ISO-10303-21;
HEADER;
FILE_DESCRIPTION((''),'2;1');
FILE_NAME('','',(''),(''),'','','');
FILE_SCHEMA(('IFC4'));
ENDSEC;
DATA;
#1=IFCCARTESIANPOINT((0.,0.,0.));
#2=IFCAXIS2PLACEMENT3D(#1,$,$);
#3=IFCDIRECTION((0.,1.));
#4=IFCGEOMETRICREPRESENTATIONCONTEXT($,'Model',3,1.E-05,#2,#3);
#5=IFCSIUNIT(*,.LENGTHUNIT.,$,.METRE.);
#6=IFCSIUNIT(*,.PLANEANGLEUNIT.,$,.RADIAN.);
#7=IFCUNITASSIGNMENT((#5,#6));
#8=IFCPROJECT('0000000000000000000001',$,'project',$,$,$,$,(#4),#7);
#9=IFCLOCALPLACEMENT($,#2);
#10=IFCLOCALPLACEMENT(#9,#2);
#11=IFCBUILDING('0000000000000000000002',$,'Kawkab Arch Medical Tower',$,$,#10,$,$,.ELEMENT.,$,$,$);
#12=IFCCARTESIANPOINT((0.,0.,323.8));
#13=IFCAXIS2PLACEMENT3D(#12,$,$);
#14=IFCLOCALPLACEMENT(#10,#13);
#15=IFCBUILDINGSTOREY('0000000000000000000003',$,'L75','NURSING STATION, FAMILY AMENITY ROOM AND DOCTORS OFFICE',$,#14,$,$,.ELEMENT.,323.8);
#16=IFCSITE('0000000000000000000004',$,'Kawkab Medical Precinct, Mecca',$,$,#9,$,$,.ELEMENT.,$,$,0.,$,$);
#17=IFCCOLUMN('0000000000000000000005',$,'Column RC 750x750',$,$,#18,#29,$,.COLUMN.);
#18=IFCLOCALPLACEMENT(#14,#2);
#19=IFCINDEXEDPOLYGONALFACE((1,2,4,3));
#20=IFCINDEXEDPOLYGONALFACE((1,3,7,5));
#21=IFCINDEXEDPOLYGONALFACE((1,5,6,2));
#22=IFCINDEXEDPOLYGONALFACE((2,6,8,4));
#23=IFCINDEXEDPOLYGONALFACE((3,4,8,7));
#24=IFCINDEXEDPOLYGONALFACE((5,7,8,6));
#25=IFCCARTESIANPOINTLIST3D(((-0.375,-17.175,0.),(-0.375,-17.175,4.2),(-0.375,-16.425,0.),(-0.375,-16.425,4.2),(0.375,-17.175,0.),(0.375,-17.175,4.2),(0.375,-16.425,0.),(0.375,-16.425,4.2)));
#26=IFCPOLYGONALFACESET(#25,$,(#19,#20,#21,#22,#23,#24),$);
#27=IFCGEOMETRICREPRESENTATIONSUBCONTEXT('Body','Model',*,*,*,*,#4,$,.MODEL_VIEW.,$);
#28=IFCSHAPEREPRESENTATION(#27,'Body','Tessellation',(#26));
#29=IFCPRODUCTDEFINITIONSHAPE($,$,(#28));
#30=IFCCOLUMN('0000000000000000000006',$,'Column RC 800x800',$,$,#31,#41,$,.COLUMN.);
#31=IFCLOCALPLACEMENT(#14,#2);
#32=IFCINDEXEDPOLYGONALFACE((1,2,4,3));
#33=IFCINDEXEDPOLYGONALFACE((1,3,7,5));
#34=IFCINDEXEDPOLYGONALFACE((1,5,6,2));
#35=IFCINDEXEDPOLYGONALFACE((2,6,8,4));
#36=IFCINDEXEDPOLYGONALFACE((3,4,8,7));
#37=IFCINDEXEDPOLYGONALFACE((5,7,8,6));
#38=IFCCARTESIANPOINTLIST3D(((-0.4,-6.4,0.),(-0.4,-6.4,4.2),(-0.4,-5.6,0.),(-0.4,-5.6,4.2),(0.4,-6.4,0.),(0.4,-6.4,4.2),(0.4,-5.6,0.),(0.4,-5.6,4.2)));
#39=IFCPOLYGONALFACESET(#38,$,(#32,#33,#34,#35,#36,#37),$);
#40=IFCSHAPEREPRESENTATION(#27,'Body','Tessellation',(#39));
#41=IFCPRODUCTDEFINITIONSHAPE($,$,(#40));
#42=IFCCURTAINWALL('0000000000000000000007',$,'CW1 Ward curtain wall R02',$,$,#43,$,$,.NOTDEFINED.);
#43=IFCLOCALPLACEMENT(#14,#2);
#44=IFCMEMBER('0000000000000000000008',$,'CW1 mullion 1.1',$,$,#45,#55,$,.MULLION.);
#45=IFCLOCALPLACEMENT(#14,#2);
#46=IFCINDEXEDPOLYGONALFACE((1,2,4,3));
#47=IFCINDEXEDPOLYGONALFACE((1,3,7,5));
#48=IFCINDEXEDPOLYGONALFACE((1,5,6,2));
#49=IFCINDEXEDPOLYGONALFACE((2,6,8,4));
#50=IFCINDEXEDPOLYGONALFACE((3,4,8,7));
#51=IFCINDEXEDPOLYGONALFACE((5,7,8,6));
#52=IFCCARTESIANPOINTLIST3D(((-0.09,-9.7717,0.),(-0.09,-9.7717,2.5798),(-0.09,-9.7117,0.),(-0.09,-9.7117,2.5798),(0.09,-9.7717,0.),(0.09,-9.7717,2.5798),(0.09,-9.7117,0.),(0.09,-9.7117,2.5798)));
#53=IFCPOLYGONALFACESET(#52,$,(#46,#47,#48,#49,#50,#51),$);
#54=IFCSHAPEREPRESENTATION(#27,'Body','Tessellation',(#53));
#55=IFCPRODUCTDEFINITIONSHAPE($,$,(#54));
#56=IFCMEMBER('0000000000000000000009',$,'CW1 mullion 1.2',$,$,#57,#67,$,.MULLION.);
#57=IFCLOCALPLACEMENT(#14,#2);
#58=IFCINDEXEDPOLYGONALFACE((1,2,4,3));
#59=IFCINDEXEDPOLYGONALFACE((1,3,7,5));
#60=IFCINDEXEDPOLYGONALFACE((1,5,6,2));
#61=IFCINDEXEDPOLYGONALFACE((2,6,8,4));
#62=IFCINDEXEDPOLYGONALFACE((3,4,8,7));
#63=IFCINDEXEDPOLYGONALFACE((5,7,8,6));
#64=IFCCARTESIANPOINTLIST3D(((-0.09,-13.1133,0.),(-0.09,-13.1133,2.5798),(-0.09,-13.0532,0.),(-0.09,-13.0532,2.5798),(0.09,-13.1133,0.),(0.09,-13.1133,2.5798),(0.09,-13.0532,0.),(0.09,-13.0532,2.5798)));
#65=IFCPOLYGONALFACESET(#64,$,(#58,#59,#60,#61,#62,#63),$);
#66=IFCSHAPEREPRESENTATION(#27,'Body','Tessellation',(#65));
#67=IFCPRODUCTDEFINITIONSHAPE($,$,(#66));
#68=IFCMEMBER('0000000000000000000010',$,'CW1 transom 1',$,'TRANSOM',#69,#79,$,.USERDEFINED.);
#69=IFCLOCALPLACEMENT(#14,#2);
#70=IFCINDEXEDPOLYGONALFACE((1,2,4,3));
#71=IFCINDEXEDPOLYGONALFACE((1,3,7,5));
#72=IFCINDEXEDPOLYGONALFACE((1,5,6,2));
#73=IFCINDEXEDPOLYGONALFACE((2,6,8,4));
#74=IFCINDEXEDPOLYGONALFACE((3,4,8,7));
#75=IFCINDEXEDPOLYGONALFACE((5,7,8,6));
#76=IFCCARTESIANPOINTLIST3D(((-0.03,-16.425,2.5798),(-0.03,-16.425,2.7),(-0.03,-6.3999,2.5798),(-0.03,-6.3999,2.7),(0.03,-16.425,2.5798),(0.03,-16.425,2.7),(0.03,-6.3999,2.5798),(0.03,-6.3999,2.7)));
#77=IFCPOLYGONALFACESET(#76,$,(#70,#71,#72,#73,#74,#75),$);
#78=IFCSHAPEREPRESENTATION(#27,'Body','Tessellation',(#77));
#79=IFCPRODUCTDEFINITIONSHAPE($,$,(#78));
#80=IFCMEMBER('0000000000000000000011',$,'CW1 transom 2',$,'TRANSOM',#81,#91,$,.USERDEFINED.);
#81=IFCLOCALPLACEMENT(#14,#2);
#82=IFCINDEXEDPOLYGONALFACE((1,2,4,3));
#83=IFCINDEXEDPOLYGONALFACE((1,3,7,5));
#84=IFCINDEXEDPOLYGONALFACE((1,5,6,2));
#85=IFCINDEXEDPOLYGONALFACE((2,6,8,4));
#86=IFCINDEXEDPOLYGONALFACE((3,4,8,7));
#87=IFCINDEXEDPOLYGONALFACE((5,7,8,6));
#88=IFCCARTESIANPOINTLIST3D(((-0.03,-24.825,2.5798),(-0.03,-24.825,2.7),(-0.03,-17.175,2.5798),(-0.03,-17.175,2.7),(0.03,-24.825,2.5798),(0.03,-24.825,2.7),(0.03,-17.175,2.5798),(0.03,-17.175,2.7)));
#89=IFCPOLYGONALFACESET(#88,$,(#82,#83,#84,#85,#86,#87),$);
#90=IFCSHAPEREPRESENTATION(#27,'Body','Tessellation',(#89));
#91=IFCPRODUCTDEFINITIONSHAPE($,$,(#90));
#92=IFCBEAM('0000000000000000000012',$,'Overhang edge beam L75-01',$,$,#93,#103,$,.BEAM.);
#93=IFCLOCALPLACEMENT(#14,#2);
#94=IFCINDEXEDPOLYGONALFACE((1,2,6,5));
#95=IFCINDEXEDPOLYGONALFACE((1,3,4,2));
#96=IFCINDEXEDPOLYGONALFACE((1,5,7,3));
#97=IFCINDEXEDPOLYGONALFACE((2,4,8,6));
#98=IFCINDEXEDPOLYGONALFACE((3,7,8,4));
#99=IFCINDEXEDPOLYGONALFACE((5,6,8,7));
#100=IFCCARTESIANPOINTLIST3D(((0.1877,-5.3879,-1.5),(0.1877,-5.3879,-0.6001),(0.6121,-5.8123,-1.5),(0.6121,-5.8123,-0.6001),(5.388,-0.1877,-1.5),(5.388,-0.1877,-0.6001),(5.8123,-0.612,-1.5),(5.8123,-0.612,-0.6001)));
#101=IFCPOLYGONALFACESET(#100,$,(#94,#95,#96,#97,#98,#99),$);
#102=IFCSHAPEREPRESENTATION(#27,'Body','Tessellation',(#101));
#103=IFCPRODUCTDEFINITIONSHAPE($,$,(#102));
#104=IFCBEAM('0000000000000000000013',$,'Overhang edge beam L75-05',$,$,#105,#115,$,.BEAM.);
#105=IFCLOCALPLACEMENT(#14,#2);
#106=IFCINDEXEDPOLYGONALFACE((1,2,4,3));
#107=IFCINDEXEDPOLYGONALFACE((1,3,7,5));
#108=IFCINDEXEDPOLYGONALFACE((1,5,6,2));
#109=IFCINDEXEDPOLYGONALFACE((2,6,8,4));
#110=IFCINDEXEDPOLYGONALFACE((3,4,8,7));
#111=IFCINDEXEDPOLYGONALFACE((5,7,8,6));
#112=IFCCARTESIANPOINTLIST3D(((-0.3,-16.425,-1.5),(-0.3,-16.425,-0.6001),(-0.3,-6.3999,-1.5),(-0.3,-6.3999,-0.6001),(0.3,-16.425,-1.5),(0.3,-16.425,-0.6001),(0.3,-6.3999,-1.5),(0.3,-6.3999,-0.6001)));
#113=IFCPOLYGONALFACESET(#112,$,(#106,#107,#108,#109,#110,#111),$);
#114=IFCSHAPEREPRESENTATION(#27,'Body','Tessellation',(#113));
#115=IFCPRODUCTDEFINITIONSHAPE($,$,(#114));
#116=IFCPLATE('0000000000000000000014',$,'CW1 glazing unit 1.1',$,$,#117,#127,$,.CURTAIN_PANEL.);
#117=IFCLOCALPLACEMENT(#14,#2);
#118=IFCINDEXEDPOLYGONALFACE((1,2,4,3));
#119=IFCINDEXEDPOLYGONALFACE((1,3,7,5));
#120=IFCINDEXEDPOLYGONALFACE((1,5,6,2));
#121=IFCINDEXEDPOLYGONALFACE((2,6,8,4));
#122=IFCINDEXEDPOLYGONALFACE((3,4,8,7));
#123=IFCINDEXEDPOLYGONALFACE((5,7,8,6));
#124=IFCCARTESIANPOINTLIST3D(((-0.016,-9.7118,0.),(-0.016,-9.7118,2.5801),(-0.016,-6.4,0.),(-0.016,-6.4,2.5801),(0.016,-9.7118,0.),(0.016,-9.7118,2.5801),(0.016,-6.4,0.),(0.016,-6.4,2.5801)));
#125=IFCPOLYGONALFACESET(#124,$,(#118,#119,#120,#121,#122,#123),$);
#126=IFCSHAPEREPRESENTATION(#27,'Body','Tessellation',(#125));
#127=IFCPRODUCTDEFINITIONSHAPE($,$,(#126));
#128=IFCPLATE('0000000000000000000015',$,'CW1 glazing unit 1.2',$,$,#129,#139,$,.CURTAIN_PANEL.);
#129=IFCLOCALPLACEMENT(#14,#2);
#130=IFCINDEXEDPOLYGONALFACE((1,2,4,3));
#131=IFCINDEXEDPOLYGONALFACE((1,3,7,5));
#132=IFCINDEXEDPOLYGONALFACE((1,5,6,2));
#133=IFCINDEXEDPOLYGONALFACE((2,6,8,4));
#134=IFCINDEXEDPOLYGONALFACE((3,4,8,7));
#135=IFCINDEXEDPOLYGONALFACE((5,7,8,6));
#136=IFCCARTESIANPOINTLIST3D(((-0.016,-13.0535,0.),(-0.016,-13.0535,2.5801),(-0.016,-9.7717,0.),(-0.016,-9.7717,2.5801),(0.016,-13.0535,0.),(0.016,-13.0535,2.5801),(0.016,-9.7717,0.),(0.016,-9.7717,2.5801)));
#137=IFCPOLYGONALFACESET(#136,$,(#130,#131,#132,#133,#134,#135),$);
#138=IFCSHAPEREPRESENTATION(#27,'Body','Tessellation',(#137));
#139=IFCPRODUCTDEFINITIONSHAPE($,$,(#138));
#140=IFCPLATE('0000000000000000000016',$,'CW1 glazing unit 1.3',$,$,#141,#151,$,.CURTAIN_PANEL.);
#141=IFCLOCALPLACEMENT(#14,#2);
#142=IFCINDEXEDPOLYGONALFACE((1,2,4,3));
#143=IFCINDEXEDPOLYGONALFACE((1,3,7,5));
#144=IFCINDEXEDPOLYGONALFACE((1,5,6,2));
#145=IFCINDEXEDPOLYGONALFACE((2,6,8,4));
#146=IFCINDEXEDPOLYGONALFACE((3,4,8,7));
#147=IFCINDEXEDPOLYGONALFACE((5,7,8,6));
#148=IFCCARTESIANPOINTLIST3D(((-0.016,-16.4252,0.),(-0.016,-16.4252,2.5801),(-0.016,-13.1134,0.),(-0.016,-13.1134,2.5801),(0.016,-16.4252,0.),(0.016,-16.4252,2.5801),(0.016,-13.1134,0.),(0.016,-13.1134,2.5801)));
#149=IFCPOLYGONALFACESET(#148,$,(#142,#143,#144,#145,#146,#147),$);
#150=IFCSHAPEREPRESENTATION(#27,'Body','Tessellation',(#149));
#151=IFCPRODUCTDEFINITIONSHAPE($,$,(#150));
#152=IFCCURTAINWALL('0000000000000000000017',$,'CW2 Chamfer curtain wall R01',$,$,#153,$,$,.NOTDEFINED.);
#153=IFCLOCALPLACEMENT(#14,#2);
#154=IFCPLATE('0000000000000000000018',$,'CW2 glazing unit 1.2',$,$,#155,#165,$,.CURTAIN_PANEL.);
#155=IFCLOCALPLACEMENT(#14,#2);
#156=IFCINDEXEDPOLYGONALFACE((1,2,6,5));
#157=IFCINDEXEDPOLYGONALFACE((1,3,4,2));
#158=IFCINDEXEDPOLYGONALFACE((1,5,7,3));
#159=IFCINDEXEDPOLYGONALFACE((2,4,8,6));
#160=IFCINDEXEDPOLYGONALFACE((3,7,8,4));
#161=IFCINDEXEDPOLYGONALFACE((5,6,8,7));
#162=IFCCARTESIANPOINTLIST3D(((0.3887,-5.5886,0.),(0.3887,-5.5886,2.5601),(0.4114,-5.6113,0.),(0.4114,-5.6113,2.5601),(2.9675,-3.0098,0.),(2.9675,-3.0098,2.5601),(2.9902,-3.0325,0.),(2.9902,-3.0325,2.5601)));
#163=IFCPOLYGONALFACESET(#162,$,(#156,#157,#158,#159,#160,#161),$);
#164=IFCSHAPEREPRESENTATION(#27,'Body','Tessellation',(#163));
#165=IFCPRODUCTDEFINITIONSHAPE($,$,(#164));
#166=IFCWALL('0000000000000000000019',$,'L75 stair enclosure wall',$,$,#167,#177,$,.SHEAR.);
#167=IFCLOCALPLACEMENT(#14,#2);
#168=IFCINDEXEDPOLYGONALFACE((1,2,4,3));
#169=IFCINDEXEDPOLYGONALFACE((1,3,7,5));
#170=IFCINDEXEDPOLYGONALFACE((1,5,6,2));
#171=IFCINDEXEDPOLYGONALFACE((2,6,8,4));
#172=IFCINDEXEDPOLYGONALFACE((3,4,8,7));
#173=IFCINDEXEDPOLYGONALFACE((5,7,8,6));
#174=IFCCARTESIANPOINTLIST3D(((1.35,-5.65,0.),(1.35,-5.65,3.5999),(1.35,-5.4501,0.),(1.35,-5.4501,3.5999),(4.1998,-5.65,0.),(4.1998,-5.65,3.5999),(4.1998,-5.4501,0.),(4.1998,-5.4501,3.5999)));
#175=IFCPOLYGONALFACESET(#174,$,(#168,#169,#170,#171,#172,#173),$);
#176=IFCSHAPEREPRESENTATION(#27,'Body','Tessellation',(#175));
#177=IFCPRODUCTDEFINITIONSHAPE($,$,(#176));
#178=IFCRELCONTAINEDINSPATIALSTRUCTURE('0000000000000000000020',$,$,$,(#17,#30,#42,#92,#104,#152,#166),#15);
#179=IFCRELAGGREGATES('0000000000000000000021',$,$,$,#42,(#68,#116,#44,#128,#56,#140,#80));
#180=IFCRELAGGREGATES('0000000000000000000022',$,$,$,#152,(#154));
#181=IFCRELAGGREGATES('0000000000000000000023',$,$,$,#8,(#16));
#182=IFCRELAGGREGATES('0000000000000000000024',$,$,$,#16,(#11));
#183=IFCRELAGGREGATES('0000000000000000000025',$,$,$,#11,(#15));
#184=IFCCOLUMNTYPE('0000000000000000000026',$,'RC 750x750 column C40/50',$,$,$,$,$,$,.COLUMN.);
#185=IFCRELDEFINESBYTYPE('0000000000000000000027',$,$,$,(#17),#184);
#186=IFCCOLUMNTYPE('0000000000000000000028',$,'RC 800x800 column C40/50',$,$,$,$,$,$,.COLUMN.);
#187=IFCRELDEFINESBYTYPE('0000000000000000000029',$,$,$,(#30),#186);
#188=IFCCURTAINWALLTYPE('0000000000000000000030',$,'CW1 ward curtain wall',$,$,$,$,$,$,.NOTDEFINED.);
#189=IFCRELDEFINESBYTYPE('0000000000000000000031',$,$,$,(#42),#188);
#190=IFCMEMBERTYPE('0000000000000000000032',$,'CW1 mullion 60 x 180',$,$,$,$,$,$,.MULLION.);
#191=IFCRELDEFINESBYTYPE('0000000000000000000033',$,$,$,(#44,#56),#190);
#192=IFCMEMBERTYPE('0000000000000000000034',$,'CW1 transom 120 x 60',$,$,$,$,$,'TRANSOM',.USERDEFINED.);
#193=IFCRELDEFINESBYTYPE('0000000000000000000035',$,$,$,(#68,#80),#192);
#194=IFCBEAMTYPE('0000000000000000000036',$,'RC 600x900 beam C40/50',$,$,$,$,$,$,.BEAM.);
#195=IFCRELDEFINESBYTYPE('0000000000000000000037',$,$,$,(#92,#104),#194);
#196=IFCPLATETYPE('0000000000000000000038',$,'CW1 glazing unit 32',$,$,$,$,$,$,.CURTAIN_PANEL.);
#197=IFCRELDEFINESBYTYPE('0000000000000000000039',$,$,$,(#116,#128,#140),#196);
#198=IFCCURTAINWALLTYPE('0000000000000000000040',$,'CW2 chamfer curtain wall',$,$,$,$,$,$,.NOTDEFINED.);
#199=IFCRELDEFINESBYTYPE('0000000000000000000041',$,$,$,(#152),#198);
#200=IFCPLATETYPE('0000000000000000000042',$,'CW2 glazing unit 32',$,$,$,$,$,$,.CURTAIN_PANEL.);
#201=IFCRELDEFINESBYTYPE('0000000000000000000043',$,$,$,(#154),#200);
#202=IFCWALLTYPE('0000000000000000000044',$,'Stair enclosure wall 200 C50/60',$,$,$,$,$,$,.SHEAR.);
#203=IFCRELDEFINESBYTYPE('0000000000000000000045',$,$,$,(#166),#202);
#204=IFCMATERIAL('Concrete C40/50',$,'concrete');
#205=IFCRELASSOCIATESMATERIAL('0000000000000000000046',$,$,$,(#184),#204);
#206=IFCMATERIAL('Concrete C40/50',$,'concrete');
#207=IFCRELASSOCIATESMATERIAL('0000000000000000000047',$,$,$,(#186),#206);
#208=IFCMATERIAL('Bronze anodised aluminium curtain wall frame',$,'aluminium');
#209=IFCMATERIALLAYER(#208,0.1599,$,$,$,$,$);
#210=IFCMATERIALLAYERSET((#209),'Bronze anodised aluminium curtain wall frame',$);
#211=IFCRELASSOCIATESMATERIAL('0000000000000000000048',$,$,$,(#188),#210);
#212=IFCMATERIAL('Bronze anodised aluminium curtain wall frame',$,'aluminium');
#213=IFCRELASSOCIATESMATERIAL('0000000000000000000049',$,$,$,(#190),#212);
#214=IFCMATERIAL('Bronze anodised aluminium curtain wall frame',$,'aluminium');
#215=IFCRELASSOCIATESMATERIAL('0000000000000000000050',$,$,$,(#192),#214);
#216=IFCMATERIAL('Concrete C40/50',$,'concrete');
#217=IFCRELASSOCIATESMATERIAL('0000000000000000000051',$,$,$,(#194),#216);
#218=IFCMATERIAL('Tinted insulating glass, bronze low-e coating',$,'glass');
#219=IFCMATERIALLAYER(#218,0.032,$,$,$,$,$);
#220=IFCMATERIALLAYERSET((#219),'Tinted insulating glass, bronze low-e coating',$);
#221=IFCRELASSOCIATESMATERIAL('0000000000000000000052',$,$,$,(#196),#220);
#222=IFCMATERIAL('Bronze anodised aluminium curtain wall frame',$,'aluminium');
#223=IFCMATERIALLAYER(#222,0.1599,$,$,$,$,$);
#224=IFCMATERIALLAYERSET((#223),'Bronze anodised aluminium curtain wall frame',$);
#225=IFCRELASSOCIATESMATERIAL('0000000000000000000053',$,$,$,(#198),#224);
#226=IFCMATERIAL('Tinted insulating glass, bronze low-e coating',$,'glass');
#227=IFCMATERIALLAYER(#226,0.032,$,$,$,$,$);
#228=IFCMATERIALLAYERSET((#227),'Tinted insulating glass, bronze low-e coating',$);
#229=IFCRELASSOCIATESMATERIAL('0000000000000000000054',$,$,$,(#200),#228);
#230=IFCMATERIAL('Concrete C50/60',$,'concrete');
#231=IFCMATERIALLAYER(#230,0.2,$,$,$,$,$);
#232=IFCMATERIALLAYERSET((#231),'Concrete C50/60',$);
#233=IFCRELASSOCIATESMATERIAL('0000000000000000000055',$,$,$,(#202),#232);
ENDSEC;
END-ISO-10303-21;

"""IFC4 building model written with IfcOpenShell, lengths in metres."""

from ifc_helpers import new_model, si_unit, direction, frame, frame_2d, origin, origin_2d, place, context, subcontext, project, spatial, rectangle, extrude, material, layer, layer_set, material_profile, profile_set, type_object, element, aggregate, save


model = new_model("IFC4")

# Units and contexts
model_context = context("Model", 3, precision=1e-05, world=origin(), true_north=direction((0.0, 1.0)))
body_context = subcontext(model_context, "Body", "Model", "MODEL_VIEW")
ifc_project = project(units=[si_unit("LENGTHUNIT", "METRE"), si_unit("PLANEANGLEUNIT", "RADIAN")], contexts=[model_context])

# Site, building, storey
site_placement = place(None, origin())
site = spatial("IfcSite", under=ifc_project, at=site_placement, Name="Kawkab Medical Precinct, Mecca", CompositionType="ELEMENT", RefElevation=0.0)
building_placement = place(site_placement, origin())
building = spatial("IfcBuilding", under=site, at=building_placement, Name="Kawkab Arch Medical Tower", CompositionType="ELEMENT")
storey_placement = place(building_placement, frame((0.0, 0.0, 323.8)))
storey = spatial("IfcBuildingStorey", under=building, at=storey_placement, Name="L75", Description="NURSING STATION, FAMILY AMENITY ROOM AND DOCTORS OFFICE", CompositionType="ELEMENT", Elevation=323.8)

# Columns
ifc_material_1 = material(Name="Concrete C40/50", Category="concrete")
ifc_material_profile_1 = material_profile(ifc_material_1, rectangle(XDim=0.75, YDim=0.75, at=origin_2d()), Name="RC 750x750")
ifc_profile_set_1 = profile_set([ifc_material_profile_1], Name="Concrete C40/50")
column_type_1 = type_object("IfcColumnType", Name="RC 750x750 column C40/50", PredefinedType="COLUMN", material=ifc_profile_set_1)
column_1_placement = place(storey_placement, frame((0.0, -16.8, 0.0), z_axis=(0.0, 0.0, 1.0), x_axis=(1.0, 0.0, 0.0)))
element("IfcColumn", 1, at=column_1_placement, inside=storey, type_object=column_type_1, Name="Column RC 750x750", PredefinedType="COLUMN", context=body_context, shape_type="SweptSolid", body=[
    extrude(rectangle(XDim=0.75, YDim=0.75, at=origin_2d()), origin(), (0.0, 0.0, 1.0), 4.2),
])
ifc_material_2 = material(Name="Concrete C40/50", Category="concrete")
ifc_material_profile_2 = material_profile(ifc_material_2, rectangle(XDim=0.8, YDim=0.8, at=origin_2d()), Name="RC 800x800")
ifc_profile_set_2 = profile_set([ifc_material_profile_2], Name="Concrete C40/50")
column_type_2 = type_object("IfcColumnType", Name="RC 800x800 column C40/50", PredefinedType="COLUMN", material=ifc_profile_set_2)
column_2_placement = place(storey_placement, frame((0.0, -6.0, 0.0), z_axis=(0.0, 0.0, 1.0), x_axis=(1.0, 0.0, 0.0)))
element("IfcColumn", 2, at=column_2_placement, inside=storey, type_object=column_type_2, Name="Column RC 800x800", PredefinedType="COLUMN", context=body_context, shape_type="SweptSolid", body=[
    extrude(rectangle(XDim=0.8, YDim=0.8, at=origin_2d()), origin(), (0.0, 0.0, 1.0), 4.2),
])

# Curtain wall, members
ifc_material_3 = material(Name="Bronze anodised aluminium curtain wall frame", Category="aluminium")
ifc_layer_1 = layer(ifc_material_3, 0.1599)
ifc_layer_set_1 = layer_set([ifc_layer_1], Name="Bronze anodised aluminium curtain wall frame")
curtain_wall_type_1 = type_object("IfcCurtainWallType", Name="CW1 ward curtain wall", PredefinedType="NOTDEFINED", material=ifc_layer_set_1)
placement = place(storey_placement, origin())
curtain_wall_1 = element("IfcCurtainWall", 3, at=placement, inside=storey, type_object=curtain_wall_type_1, Name="CW1 Ward curtain wall R02", PredefinedType="NOTDEFINED")
ifc_material_4 = material(Name="Bronze anodised aluminium curtain wall frame", Category="aluminium")
ifc_material_profile_3 = material_profile(ifc_material_4, rectangle(XDim=0.1799, YDim=0.0601, at=origin_2d()), Name="AL 60x180")
ifc_profile_set_3 = profile_set([ifc_material_profile_3], Name="Bronze anodised aluminium curtain wall frame")
member_type_1 = type_object("IfcMemberType", Name="CW1 mullion 60 x 180", PredefinedType="MULLION", material=ifc_profile_set_3)
member_1_placement = place(storey_placement, frame((0.0, -9.7417, 0.0), z_axis=(0.0, 0.0, 1.0), x_axis=(1.0, 0.0, 0.0)))
member_1 = element("IfcMember", 4, at=member_1_placement, type_object=member_type_1, Name="CW1 mullion 1.1", PredefinedType="MULLION", context=body_context, shape_type="SweptSolid", body=[
    extrude(rectangle(XDim=0.1799, YDim=0.0601, at=origin_2d()), origin(), (0.0, 0.0, 1.0), 2.5798),
])
member_2_placement = place(storey_placement, frame((0.0, -13.0833, 0.0), z_axis=(0.0, 0.0, 1.0), x_axis=(1.0, 0.0, 0.0)))
member_2 = element("IfcMember", 5, at=member_2_placement, type_object=member_type_1, Name="CW1 mullion 1.2", PredefinedType="MULLION", context=body_context, shape_type="SweptSolid", body=[
    extrude(rectangle(XDim=0.1799, YDim=0.0601, at=origin_2d()), origin(), (0.0, 0.0, 1.0), 2.5798),
])
ifc_material_5 = material(Name="Bronze anodised aluminium curtain wall frame", Category="aluminium")
ifc_material_profile_4 = material_profile(ifc_material_5, rectangle(XDim=0.0601, YDim=0.1201, at=origin_2d()), Name="AL 60x120")
ifc_profile_set_4 = profile_set([ifc_material_profile_4], Name="Bronze anodised aluminium curtain wall frame")
member_type_2 = type_object("IfcMemberType", Name="CW1 transom 120 x 60", ElementType="TRANSOM", PredefinedType="USERDEFINED", material=ifc_profile_set_4)
member_3_placement = place(storey_placement, frame((0.0, -6.3999, 2.6399), z_axis=(0.0, -1.0, 0.0), x_axis=(1.0, 0.0, 0.0)))
member_3 = element("IfcMember", 6, at=member_3_placement, type_object=member_type_2, Name="CW1 transom 1", ObjectType="TRANSOM", PredefinedType="USERDEFINED", context=body_context, shape_type="SweptSolid", body=[
    extrude(rectangle(XDim=0.0601, YDim=0.1201, at=origin_2d()), origin(), (0.0, 0.0, 1.0), 10.0251),
])
member_4_placement = place(storey_placement, frame((0.0, -17.175, 2.6399), z_axis=(0.0, -1.0, 0.0), x_axis=(1.0, 0.0, 0.0)))
member_4 = element("IfcMember", 7, at=member_4_placement, type_object=member_type_2, Name="CW1 transom 2", ObjectType="TRANSOM", PredefinedType="USERDEFINED", context=body_context, shape_type="SweptSolid", body=[
    extrude(rectangle(XDim=0.0601, YDim=0.1201, at=origin_2d()), origin(), (0.0, 0.0, 1.0), 7.6499),
])

# Beams
ifc_material_6 = material(Name="Concrete C40/50", Category="concrete")
ifc_material_profile_5 = material_profile(ifc_material_6, rectangle(XDim=0.6001, YDim=0.8999, at=origin_2d()), Name="RC 600x900")
ifc_profile_set_5 = profile_set([ifc_material_profile_5], Name="Concrete C40/50")
beam_type = type_object("IfcBeamType", Name="RC 600x900 beam C40/50", PredefinedType="BEAM", material=ifc_profile_set_5)
beam_1_placement = place(storey_placement, frame((0.3999, -5.6001, -1.05), z_axis=(0.707107, 0.707107, 0.0), x_axis=(-0.707107, 0.707107, 0.0)))
element("IfcBeam", 8, at=beam_1_placement, inside=storey, type_object=beam_type, Name="Overhang edge beam L75-01", PredefinedType="BEAM", context=body_context, shape_type="SweptSolid", body=[
    extrude(rectangle(XDim=0.6001, YDim=0.8999, at=origin_2d()), origin(), (0.0, 0.0, 1.0), 7.3542),
])
beam_2_placement = place(storey_placement, frame((0.0, -16.425, -1.05), z_axis=(0.0, 1.0, 0.0), x_axis=(-1.0, 0.0, 0.0)))
element("IfcBeam", 9, at=beam_2_placement, inside=storey, type_object=beam_type, Name="Overhang edge beam L75-05", PredefinedType="BEAM", context=body_context, shape_type="SweptSolid", body=[
    extrude(rectangle(XDim=0.6001, YDim=0.8999, at=origin_2d()), origin(), (0.0, 0.0, 1.0), 10.0251),
])

# Plates
ifc_material_7 = material(Name="Tinted insulating glass, bronze low-e coating", Category="glass")
ifc_layer_2 = layer(ifc_material_7, 0.032)
ifc_layer_set_2 = layer_set([ifc_layer_2], Name="Tinted insulating glass, bronze low-e coating")
plate_type_1 = type_object("IfcPlateType", Name="CW1 glazing unit 32", PredefinedType="CURTAIN_PANEL", material=ifc_layer_set_2)
plate_1_placement = place(storey_placement, frame((0.0, -8.0559, 0.0), z_axis=(0.0, 0.0, 1.0), x_axis=(0.0, -1.0, 0.0)))
plate_1 = element("IfcPlate", 10, at=plate_1_placement, type_object=plate_type_1, Name="CW1 glazing unit 1.1", PredefinedType="CURTAIN_PANEL", context=body_context, shape_type="SweptSolid", body=[
    extrude(rectangle(XDim=3.3118, YDim=0.032, at=origin_2d()), origin(), (0.0, 0.0, 1.0), 2.5801),
])
plate_2_placement = place(storey_placement, frame((0.0, -11.4126, 0.0), z_axis=(0.0, 0.0, 1.0), x_axis=(0.0, -1.0, 0.0)))
plate_2 = element("IfcPlate", 11, at=plate_2_placement, type_object=plate_type_1, Name="CW1 glazing unit 1.2", PredefinedType="CURTAIN_PANEL", context=body_context, shape_type="SweptSolid", body=[
    extrude(rectangle(XDim=3.2817, YDim=0.032, at=origin_2d()), origin(), (0.0, 0.0, 1.0), 2.5801),
])
plate_3_placement = place(storey_placement, frame((0.0, -14.7693, 0.0), z_axis=(0.0, 0.0, 1.0), x_axis=(0.0, -1.0, 0.0)))
plate_3 = element("IfcPlate", 12, at=plate_3_placement, type_object=plate_type_1, Name="CW1 glazing unit 1.3", PredefinedType="CURTAIN_PANEL", context=body_context, shape_type="SweptSolid", body=[
    extrude(rectangle(XDim=3.3118, YDim=0.032, at=origin_2d()), origin(), (0.0, 0.0, 1.0), 2.5801),
])
aggregate(curtain_wall_1, [member_3, plate_1, member_1, plate_2, member_2, plate_3, member_4])

# Curtain wall, plate
ifc_material_8 = material(Name="Bronze anodised aluminium curtain wall frame", Category="aluminium")
ifc_layer_3 = layer(ifc_material_8, 0.1599)
ifc_layer_set_3 = layer_set([ifc_layer_3], Name="Bronze anodised aluminium curtain wall frame")
curtain_wall_type_2 = type_object("IfcCurtainWallType", Name="CW2 chamfer curtain wall", PredefinedType="NOTDEFINED", material=ifc_layer_set_3)
curtain_wall_2 = element("IfcCurtainWall", 13, at=placement, inside=storey, type_object=curtain_wall_type_2, Name="CW2 Chamfer curtain wall R01", PredefinedType="NOTDEFINED")
ifc_material_9 = material(Name="Tinted insulating glass, bronze low-e coating", Category="glass")
ifc_layer_4 = layer(ifc_material_9, 0.032)
ifc_layer_set_4 = layer_set([ifc_layer_4], Name="Tinted insulating glass, bronze low-e coating")
plate_type_2 = type_object("IfcPlateType", Name="CW2 glazing unit 32", PredefinedType="CURTAIN_PANEL", material=ifc_layer_set_4)
plate_4_placement = place(storey_placement, frame((1.6895, -4.3105, 0.0), z_axis=(0.0, 0.0, 1.0), x_axis=(-0.707107, -0.707107, 0.0)))
plate_4 = element("IfcPlate", 14, at=plate_4_placement, type_object=plate_type_2, Name="CW2 glazing unit 1.2", PredefinedType="CURTAIN_PANEL", context=body_context, shape_type="SweptSolid", body=[
    extrude(rectangle(XDim=3.647, YDim=0.032, at=origin_2d()), origin(), (0.0, 0.0, 1.0), 2.5601),
])
aggregate(curtain_wall_2, [plate_4])

# Wall
ifc_material_10 = material(Name="Concrete C50/60", Category="concrete")
ifc_layer_5 = layer(ifc_material_10, 0.2)
ifc_layer_set_5 = layer_set([ifc_layer_5], Name="Concrete C50/60")
wall_type_1 = type_object("IfcWallType", Name="Stair enclosure wall 200 C50/60", PredefinedType="SHEAR", material=ifc_layer_set_5)
for number, where, z_axis, x_axis, name in (
    (15, (1.3501, -5.55, 0.0), (0.0, 0.0, 1.0), (1.0, 0.0, 0.0), "L75 stair enclosure wall"),
):
    element("IfcWall", number, at=place(storey_placement, frame(where, z_axis=z_axis, x_axis=x_axis)), inside=storey, type_object=wall_type_1, Name=name, PredefinedType="SHEAR", context=body_context, shape_type="SweptSolid", body=[
        extrude(rectangle(XDim=2.8499, YDim=0.2, at=frame_2d((1.4248, 0.0))), origin(), (0.0, 0.0, 1.0), 3.5999),
    ])

save(model, "model.ifc")
